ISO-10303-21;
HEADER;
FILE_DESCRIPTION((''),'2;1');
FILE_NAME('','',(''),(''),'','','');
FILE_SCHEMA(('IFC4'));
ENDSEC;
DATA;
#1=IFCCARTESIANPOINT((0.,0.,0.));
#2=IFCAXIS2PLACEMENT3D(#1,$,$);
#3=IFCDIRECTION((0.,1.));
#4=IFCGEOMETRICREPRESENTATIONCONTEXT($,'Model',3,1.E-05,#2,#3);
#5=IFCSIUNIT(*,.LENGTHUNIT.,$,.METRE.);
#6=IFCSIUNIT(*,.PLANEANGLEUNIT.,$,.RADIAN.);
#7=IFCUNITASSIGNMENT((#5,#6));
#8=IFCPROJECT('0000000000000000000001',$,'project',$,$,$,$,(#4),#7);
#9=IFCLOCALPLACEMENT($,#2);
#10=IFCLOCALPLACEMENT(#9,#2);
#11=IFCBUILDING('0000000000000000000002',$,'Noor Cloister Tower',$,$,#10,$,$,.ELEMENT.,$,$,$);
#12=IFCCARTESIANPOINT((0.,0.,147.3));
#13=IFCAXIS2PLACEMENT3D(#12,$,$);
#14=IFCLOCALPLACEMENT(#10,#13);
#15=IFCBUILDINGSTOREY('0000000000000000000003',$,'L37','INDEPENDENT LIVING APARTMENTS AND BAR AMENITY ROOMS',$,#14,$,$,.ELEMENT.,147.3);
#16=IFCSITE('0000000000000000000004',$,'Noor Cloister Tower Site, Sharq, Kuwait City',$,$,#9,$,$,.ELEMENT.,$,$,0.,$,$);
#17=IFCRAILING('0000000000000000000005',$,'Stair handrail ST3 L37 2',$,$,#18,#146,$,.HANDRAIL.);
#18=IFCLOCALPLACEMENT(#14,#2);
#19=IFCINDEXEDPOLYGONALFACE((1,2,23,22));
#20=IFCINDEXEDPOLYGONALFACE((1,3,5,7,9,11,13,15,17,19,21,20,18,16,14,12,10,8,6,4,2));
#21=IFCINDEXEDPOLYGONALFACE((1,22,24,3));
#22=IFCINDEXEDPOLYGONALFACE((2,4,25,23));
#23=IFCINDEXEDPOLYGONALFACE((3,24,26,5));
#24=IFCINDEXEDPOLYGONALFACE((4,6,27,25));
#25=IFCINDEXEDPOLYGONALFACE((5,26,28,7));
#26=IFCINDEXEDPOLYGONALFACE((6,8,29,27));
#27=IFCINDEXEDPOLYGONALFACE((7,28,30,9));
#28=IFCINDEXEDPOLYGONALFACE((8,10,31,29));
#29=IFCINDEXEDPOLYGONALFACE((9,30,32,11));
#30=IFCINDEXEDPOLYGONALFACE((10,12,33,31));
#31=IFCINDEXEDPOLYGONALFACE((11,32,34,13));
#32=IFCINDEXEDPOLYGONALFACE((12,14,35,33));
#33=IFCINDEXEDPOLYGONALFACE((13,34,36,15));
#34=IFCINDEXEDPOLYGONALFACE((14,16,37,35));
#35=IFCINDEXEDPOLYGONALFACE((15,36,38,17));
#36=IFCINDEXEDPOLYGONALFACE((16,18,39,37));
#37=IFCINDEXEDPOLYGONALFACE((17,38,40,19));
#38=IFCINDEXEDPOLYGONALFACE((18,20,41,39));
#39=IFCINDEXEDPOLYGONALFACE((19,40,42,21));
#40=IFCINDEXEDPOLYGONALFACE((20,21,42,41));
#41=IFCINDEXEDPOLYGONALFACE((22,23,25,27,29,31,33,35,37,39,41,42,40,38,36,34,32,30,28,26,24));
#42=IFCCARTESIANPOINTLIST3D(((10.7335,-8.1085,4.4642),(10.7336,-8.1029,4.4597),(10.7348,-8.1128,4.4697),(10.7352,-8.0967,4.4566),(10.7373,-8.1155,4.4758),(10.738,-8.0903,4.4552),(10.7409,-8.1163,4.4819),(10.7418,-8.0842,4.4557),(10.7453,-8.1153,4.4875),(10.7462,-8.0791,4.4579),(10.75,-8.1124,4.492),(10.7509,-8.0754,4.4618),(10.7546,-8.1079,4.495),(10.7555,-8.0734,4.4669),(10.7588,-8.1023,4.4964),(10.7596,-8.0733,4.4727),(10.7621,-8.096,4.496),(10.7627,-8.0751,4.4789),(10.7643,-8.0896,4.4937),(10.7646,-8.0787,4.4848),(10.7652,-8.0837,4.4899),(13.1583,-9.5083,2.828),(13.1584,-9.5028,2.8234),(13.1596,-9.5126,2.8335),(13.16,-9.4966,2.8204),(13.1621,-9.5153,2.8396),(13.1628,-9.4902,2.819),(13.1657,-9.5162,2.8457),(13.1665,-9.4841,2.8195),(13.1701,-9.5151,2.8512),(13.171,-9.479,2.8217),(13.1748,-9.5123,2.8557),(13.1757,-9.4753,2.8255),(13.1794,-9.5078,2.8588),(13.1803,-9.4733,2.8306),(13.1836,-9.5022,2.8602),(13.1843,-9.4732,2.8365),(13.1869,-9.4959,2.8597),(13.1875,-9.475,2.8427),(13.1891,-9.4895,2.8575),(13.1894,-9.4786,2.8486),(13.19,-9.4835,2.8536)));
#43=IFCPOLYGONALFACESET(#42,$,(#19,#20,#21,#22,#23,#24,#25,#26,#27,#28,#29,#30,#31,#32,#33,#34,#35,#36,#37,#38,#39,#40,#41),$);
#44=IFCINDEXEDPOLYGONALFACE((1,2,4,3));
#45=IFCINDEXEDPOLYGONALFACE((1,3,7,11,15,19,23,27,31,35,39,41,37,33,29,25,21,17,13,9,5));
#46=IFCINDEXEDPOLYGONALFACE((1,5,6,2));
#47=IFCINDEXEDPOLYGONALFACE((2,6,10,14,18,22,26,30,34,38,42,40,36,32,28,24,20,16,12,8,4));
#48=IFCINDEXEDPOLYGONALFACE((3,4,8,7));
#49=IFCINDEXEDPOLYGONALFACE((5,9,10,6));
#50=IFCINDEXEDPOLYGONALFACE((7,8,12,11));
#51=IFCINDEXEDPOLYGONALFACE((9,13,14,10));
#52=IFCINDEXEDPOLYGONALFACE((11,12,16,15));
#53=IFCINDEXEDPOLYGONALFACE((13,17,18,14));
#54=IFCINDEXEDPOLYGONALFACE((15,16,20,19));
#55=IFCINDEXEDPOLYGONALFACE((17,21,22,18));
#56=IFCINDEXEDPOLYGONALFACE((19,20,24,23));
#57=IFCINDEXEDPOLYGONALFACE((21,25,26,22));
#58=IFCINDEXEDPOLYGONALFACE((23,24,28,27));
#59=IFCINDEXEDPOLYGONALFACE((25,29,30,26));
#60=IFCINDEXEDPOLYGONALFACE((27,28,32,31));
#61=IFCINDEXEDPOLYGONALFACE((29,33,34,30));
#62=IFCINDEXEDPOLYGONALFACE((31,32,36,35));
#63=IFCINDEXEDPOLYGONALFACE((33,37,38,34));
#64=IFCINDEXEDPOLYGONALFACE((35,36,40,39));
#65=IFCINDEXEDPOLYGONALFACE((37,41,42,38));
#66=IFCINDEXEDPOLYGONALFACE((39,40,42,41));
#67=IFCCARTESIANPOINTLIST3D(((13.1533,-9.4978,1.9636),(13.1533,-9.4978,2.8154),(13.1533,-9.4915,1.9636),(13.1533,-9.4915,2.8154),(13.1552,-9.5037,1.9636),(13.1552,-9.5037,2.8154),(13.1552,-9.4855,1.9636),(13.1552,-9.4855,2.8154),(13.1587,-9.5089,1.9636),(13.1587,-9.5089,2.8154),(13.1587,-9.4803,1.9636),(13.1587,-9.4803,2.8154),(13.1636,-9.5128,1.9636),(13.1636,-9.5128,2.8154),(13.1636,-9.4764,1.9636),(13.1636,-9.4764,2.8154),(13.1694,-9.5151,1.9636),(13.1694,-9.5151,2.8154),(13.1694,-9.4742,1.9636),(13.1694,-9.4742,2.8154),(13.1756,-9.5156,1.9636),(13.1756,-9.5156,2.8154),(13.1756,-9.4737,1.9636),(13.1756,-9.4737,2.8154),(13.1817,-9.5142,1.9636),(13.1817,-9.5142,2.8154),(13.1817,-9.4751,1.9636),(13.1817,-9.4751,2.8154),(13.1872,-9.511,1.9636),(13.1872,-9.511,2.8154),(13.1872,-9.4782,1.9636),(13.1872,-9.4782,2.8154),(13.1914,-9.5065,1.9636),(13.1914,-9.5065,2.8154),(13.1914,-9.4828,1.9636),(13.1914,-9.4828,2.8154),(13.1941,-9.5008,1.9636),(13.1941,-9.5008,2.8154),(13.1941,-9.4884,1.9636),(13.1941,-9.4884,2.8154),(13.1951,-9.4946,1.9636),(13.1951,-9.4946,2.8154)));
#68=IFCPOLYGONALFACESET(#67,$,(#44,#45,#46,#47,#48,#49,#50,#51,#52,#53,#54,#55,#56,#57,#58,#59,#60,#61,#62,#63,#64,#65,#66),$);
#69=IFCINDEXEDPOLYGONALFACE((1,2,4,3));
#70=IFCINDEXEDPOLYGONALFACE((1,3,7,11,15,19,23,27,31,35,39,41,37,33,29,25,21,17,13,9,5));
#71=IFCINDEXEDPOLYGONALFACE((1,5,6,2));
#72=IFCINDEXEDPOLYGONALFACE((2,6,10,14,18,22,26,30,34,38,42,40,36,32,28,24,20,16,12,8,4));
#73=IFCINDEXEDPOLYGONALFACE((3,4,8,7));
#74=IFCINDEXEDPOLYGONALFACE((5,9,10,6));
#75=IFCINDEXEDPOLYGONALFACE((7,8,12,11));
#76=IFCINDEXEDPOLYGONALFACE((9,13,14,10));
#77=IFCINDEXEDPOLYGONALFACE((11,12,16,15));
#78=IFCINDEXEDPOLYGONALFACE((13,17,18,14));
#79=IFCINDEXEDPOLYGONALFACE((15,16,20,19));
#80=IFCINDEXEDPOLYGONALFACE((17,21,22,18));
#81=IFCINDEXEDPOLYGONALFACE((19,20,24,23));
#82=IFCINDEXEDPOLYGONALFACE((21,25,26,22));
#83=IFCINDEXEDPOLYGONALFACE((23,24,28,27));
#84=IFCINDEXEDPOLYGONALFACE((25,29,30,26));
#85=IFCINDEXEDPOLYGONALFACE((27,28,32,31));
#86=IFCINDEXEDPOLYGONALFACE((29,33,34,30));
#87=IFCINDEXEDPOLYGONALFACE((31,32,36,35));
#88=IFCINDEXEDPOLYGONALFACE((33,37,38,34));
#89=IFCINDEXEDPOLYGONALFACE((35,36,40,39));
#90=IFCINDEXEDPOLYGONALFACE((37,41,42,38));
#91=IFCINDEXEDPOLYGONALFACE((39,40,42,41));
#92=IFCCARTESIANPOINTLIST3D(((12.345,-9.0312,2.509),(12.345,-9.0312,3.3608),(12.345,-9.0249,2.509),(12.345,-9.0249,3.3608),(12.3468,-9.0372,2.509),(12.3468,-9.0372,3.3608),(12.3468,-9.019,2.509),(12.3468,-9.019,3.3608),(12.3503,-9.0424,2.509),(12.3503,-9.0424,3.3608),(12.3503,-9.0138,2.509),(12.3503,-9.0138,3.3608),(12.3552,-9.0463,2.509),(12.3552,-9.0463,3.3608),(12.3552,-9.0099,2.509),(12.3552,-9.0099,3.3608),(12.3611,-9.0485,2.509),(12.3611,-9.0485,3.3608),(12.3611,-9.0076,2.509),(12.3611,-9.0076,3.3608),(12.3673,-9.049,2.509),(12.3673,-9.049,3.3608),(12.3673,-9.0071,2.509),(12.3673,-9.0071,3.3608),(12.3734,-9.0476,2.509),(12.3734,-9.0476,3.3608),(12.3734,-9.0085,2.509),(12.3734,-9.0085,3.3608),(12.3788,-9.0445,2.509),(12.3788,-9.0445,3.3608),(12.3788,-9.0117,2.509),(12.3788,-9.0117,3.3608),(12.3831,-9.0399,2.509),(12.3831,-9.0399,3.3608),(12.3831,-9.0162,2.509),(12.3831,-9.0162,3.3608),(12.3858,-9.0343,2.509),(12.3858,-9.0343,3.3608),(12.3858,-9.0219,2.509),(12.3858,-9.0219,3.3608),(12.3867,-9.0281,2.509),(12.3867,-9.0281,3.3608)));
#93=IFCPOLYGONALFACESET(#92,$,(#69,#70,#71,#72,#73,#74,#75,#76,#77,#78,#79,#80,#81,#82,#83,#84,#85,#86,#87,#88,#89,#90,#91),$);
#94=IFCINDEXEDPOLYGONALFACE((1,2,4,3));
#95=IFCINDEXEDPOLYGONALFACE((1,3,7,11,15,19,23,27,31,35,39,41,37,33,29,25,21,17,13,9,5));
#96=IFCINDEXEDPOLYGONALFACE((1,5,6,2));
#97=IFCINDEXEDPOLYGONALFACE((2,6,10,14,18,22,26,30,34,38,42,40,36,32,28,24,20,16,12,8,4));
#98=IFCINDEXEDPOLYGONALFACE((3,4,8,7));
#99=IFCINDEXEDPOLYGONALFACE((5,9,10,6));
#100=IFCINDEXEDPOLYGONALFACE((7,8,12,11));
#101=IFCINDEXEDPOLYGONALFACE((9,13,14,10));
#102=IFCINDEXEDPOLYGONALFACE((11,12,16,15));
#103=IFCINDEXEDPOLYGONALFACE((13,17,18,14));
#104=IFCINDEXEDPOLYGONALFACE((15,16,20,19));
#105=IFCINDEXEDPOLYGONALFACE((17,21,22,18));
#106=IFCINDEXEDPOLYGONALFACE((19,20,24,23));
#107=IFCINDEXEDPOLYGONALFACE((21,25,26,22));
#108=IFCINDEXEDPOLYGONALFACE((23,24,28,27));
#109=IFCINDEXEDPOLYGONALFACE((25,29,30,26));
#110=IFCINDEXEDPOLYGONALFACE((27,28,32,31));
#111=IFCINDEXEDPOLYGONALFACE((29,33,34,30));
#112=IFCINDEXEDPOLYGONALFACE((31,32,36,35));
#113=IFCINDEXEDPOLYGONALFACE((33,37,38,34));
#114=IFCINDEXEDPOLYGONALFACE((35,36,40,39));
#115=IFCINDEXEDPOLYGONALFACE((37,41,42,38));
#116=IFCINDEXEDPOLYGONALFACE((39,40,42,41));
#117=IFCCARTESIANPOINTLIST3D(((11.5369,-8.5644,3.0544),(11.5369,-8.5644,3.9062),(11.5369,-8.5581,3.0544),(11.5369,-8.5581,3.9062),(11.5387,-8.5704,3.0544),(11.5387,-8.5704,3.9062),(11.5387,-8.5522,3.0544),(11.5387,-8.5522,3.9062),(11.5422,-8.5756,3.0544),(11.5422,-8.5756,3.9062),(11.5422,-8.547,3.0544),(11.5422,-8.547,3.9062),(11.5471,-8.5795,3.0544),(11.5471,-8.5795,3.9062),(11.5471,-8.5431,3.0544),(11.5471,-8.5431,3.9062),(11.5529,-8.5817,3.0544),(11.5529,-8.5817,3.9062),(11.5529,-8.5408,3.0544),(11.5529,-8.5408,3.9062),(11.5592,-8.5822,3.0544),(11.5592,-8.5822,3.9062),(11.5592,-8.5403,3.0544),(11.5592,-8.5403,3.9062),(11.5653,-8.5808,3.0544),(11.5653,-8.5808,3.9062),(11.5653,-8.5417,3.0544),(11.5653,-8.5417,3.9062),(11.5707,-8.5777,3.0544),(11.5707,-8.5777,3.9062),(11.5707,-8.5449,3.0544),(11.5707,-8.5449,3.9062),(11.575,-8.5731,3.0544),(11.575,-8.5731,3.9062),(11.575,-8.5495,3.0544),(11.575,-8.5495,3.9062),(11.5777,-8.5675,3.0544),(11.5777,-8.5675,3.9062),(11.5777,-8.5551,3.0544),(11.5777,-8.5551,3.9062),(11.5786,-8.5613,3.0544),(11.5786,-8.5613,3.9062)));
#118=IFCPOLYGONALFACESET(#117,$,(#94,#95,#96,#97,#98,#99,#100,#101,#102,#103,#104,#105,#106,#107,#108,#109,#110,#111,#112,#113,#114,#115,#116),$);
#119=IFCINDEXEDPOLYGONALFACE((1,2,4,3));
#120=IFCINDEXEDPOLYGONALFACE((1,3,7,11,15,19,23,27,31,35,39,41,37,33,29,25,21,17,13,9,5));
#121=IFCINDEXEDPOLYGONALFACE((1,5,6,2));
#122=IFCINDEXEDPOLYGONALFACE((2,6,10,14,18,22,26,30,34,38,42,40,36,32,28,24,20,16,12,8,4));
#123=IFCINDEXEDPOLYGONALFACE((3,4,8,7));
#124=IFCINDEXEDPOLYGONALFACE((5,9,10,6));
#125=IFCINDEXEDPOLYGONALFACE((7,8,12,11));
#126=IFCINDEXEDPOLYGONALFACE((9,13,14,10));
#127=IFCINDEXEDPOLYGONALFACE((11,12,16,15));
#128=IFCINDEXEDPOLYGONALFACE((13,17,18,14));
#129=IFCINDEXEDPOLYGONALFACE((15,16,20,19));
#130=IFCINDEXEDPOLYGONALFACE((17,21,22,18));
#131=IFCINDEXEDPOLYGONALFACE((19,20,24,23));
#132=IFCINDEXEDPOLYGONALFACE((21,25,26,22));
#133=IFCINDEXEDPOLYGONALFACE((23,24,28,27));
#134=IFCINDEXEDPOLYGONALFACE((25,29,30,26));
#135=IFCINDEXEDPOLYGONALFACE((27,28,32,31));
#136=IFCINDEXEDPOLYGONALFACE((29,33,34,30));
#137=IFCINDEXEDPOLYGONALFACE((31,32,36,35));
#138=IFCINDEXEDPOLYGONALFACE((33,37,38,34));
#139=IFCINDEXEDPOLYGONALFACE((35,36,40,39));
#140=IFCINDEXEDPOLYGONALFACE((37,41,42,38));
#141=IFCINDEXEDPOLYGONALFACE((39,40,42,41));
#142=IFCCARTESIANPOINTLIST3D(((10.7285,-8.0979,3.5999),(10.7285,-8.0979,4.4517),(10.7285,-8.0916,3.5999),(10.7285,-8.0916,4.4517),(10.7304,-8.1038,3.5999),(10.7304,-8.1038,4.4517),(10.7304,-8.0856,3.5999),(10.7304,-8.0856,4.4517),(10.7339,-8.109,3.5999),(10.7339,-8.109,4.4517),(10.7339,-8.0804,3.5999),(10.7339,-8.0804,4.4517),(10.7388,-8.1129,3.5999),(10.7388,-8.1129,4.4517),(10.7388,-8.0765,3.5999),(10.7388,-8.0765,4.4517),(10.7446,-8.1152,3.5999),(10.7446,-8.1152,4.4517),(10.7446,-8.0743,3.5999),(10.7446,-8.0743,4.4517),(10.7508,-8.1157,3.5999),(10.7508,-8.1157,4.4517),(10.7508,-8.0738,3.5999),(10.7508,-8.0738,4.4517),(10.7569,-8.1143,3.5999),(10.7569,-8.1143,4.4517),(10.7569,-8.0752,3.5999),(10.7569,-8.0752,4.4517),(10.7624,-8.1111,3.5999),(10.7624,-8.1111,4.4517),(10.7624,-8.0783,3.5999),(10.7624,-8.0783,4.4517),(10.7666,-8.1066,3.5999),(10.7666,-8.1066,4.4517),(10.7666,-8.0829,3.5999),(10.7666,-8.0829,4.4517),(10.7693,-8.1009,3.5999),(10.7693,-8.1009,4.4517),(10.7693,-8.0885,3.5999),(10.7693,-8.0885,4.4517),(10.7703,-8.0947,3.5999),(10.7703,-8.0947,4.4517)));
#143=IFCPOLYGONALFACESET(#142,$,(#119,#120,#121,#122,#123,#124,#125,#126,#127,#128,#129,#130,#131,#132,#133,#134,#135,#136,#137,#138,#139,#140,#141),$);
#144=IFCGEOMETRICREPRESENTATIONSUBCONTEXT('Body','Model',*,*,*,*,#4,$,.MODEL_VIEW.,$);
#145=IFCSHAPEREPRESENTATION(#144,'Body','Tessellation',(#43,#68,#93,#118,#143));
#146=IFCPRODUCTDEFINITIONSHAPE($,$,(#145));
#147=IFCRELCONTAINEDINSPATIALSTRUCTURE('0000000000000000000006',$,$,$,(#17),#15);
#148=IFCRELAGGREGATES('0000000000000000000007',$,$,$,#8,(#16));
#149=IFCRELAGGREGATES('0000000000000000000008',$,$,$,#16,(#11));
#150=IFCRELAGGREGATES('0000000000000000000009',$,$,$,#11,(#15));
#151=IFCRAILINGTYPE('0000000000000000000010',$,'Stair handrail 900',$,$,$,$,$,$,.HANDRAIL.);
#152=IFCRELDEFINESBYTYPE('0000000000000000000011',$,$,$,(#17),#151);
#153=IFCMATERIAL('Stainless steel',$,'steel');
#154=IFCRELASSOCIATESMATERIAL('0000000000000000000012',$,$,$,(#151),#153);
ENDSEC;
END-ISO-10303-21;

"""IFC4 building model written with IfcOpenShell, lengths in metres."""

from ifc_helpers import new_model, si_unit, direction, frame, origin, origin_2d, place, context, subcontext, project, spatial, circle, extrude, material, type_object, element, save


model = new_model("IFC4")

# Units and contexts
model_context = context("Model", 3, precision=1e-05, world=origin(), true_north=direction((0.0, 1.0)))
body_context = subcontext(model_context, "Body", "Model", "MODEL_VIEW")
ifc_project = project(units=[si_unit("LENGTHUNIT", "METRE"), si_unit("PLANEANGLEUNIT", "RADIAN")], contexts=[model_context])

# Site, building, storey
site_placement = place(None, origin())
site = spatial("IfcSite", under=ifc_project, at=site_placement, Name="Noor Cloister Tower Site, Sharq, Kuwait City", CompositionType="ELEMENT", RefElevation=0.0)
building_placement = place(site_placement, origin())
building = spatial("IfcBuilding", under=site, at=building_placement, Name="Noor Cloister Tower", CompositionType="ELEMENT")
storey_placement = place(building_placement, frame((0.0, 0.0, 147.3)))
storey = spatial("IfcBuildingStorey", under=building, at=storey_placement, Name="L37", Description="INDEPENDENT LIVING APARTMENTS AND BAR AMENITY ROOMS", CompositionType="ELEMENT", Elevation=147.3)

# Railing
ifc_material_1 = material(Name="Stainless steel", Category="steel")
railing_type_1 = type_object("IfcRailingType", Name="Stair handrail 900", PredefinedType="HANDRAIL", material=ifc_material_1)
railing_1_placement = place(storey_placement, frame((13.1741, -9.4946, 1.9636)))
element("IfcRailing", 1, at=railing_1_placement, inside=storey, type_object=railing_type_1, Name="Stair handrail ST3 L37 2", PredefinedType="HANDRAIL", context=body_context, shape_type="SweptSolid", body=[
    extrude(circle(Radius=0.0239, at=origin_2d()), frame((0.0, 0.0, 0.876), z_axis=(-0.747718, 0.431677, 0.504552), x_axis=(-0.499984, -0.866035, 0.0)), (0.0, 0.0, 1.0), 3.2429),
    extrude(circle(Radius=0.021, at=origin_2d()), origin(), (0.0, 0.0, 1.0), 0.8518),
    extrude(circle(Radius=0.021, at=origin_2d()), frame((-0.8083, 0.4666, 0.5454)), (0.0, 0.0, 1.0), 0.8518),
    extrude(circle(Radius=0.021, at=origin_2d()), frame((-1.6165, 0.9333, 1.0908)), (0.0, 0.0, 1.0), 0.8518),
    extrude(circle(Radius=0.021, at=origin_2d()), frame((-2.4248, 1.3999, 1.6362)), (0.0, 0.0, 1.0), 0.8518),
])

save(model, "model.ifc")
